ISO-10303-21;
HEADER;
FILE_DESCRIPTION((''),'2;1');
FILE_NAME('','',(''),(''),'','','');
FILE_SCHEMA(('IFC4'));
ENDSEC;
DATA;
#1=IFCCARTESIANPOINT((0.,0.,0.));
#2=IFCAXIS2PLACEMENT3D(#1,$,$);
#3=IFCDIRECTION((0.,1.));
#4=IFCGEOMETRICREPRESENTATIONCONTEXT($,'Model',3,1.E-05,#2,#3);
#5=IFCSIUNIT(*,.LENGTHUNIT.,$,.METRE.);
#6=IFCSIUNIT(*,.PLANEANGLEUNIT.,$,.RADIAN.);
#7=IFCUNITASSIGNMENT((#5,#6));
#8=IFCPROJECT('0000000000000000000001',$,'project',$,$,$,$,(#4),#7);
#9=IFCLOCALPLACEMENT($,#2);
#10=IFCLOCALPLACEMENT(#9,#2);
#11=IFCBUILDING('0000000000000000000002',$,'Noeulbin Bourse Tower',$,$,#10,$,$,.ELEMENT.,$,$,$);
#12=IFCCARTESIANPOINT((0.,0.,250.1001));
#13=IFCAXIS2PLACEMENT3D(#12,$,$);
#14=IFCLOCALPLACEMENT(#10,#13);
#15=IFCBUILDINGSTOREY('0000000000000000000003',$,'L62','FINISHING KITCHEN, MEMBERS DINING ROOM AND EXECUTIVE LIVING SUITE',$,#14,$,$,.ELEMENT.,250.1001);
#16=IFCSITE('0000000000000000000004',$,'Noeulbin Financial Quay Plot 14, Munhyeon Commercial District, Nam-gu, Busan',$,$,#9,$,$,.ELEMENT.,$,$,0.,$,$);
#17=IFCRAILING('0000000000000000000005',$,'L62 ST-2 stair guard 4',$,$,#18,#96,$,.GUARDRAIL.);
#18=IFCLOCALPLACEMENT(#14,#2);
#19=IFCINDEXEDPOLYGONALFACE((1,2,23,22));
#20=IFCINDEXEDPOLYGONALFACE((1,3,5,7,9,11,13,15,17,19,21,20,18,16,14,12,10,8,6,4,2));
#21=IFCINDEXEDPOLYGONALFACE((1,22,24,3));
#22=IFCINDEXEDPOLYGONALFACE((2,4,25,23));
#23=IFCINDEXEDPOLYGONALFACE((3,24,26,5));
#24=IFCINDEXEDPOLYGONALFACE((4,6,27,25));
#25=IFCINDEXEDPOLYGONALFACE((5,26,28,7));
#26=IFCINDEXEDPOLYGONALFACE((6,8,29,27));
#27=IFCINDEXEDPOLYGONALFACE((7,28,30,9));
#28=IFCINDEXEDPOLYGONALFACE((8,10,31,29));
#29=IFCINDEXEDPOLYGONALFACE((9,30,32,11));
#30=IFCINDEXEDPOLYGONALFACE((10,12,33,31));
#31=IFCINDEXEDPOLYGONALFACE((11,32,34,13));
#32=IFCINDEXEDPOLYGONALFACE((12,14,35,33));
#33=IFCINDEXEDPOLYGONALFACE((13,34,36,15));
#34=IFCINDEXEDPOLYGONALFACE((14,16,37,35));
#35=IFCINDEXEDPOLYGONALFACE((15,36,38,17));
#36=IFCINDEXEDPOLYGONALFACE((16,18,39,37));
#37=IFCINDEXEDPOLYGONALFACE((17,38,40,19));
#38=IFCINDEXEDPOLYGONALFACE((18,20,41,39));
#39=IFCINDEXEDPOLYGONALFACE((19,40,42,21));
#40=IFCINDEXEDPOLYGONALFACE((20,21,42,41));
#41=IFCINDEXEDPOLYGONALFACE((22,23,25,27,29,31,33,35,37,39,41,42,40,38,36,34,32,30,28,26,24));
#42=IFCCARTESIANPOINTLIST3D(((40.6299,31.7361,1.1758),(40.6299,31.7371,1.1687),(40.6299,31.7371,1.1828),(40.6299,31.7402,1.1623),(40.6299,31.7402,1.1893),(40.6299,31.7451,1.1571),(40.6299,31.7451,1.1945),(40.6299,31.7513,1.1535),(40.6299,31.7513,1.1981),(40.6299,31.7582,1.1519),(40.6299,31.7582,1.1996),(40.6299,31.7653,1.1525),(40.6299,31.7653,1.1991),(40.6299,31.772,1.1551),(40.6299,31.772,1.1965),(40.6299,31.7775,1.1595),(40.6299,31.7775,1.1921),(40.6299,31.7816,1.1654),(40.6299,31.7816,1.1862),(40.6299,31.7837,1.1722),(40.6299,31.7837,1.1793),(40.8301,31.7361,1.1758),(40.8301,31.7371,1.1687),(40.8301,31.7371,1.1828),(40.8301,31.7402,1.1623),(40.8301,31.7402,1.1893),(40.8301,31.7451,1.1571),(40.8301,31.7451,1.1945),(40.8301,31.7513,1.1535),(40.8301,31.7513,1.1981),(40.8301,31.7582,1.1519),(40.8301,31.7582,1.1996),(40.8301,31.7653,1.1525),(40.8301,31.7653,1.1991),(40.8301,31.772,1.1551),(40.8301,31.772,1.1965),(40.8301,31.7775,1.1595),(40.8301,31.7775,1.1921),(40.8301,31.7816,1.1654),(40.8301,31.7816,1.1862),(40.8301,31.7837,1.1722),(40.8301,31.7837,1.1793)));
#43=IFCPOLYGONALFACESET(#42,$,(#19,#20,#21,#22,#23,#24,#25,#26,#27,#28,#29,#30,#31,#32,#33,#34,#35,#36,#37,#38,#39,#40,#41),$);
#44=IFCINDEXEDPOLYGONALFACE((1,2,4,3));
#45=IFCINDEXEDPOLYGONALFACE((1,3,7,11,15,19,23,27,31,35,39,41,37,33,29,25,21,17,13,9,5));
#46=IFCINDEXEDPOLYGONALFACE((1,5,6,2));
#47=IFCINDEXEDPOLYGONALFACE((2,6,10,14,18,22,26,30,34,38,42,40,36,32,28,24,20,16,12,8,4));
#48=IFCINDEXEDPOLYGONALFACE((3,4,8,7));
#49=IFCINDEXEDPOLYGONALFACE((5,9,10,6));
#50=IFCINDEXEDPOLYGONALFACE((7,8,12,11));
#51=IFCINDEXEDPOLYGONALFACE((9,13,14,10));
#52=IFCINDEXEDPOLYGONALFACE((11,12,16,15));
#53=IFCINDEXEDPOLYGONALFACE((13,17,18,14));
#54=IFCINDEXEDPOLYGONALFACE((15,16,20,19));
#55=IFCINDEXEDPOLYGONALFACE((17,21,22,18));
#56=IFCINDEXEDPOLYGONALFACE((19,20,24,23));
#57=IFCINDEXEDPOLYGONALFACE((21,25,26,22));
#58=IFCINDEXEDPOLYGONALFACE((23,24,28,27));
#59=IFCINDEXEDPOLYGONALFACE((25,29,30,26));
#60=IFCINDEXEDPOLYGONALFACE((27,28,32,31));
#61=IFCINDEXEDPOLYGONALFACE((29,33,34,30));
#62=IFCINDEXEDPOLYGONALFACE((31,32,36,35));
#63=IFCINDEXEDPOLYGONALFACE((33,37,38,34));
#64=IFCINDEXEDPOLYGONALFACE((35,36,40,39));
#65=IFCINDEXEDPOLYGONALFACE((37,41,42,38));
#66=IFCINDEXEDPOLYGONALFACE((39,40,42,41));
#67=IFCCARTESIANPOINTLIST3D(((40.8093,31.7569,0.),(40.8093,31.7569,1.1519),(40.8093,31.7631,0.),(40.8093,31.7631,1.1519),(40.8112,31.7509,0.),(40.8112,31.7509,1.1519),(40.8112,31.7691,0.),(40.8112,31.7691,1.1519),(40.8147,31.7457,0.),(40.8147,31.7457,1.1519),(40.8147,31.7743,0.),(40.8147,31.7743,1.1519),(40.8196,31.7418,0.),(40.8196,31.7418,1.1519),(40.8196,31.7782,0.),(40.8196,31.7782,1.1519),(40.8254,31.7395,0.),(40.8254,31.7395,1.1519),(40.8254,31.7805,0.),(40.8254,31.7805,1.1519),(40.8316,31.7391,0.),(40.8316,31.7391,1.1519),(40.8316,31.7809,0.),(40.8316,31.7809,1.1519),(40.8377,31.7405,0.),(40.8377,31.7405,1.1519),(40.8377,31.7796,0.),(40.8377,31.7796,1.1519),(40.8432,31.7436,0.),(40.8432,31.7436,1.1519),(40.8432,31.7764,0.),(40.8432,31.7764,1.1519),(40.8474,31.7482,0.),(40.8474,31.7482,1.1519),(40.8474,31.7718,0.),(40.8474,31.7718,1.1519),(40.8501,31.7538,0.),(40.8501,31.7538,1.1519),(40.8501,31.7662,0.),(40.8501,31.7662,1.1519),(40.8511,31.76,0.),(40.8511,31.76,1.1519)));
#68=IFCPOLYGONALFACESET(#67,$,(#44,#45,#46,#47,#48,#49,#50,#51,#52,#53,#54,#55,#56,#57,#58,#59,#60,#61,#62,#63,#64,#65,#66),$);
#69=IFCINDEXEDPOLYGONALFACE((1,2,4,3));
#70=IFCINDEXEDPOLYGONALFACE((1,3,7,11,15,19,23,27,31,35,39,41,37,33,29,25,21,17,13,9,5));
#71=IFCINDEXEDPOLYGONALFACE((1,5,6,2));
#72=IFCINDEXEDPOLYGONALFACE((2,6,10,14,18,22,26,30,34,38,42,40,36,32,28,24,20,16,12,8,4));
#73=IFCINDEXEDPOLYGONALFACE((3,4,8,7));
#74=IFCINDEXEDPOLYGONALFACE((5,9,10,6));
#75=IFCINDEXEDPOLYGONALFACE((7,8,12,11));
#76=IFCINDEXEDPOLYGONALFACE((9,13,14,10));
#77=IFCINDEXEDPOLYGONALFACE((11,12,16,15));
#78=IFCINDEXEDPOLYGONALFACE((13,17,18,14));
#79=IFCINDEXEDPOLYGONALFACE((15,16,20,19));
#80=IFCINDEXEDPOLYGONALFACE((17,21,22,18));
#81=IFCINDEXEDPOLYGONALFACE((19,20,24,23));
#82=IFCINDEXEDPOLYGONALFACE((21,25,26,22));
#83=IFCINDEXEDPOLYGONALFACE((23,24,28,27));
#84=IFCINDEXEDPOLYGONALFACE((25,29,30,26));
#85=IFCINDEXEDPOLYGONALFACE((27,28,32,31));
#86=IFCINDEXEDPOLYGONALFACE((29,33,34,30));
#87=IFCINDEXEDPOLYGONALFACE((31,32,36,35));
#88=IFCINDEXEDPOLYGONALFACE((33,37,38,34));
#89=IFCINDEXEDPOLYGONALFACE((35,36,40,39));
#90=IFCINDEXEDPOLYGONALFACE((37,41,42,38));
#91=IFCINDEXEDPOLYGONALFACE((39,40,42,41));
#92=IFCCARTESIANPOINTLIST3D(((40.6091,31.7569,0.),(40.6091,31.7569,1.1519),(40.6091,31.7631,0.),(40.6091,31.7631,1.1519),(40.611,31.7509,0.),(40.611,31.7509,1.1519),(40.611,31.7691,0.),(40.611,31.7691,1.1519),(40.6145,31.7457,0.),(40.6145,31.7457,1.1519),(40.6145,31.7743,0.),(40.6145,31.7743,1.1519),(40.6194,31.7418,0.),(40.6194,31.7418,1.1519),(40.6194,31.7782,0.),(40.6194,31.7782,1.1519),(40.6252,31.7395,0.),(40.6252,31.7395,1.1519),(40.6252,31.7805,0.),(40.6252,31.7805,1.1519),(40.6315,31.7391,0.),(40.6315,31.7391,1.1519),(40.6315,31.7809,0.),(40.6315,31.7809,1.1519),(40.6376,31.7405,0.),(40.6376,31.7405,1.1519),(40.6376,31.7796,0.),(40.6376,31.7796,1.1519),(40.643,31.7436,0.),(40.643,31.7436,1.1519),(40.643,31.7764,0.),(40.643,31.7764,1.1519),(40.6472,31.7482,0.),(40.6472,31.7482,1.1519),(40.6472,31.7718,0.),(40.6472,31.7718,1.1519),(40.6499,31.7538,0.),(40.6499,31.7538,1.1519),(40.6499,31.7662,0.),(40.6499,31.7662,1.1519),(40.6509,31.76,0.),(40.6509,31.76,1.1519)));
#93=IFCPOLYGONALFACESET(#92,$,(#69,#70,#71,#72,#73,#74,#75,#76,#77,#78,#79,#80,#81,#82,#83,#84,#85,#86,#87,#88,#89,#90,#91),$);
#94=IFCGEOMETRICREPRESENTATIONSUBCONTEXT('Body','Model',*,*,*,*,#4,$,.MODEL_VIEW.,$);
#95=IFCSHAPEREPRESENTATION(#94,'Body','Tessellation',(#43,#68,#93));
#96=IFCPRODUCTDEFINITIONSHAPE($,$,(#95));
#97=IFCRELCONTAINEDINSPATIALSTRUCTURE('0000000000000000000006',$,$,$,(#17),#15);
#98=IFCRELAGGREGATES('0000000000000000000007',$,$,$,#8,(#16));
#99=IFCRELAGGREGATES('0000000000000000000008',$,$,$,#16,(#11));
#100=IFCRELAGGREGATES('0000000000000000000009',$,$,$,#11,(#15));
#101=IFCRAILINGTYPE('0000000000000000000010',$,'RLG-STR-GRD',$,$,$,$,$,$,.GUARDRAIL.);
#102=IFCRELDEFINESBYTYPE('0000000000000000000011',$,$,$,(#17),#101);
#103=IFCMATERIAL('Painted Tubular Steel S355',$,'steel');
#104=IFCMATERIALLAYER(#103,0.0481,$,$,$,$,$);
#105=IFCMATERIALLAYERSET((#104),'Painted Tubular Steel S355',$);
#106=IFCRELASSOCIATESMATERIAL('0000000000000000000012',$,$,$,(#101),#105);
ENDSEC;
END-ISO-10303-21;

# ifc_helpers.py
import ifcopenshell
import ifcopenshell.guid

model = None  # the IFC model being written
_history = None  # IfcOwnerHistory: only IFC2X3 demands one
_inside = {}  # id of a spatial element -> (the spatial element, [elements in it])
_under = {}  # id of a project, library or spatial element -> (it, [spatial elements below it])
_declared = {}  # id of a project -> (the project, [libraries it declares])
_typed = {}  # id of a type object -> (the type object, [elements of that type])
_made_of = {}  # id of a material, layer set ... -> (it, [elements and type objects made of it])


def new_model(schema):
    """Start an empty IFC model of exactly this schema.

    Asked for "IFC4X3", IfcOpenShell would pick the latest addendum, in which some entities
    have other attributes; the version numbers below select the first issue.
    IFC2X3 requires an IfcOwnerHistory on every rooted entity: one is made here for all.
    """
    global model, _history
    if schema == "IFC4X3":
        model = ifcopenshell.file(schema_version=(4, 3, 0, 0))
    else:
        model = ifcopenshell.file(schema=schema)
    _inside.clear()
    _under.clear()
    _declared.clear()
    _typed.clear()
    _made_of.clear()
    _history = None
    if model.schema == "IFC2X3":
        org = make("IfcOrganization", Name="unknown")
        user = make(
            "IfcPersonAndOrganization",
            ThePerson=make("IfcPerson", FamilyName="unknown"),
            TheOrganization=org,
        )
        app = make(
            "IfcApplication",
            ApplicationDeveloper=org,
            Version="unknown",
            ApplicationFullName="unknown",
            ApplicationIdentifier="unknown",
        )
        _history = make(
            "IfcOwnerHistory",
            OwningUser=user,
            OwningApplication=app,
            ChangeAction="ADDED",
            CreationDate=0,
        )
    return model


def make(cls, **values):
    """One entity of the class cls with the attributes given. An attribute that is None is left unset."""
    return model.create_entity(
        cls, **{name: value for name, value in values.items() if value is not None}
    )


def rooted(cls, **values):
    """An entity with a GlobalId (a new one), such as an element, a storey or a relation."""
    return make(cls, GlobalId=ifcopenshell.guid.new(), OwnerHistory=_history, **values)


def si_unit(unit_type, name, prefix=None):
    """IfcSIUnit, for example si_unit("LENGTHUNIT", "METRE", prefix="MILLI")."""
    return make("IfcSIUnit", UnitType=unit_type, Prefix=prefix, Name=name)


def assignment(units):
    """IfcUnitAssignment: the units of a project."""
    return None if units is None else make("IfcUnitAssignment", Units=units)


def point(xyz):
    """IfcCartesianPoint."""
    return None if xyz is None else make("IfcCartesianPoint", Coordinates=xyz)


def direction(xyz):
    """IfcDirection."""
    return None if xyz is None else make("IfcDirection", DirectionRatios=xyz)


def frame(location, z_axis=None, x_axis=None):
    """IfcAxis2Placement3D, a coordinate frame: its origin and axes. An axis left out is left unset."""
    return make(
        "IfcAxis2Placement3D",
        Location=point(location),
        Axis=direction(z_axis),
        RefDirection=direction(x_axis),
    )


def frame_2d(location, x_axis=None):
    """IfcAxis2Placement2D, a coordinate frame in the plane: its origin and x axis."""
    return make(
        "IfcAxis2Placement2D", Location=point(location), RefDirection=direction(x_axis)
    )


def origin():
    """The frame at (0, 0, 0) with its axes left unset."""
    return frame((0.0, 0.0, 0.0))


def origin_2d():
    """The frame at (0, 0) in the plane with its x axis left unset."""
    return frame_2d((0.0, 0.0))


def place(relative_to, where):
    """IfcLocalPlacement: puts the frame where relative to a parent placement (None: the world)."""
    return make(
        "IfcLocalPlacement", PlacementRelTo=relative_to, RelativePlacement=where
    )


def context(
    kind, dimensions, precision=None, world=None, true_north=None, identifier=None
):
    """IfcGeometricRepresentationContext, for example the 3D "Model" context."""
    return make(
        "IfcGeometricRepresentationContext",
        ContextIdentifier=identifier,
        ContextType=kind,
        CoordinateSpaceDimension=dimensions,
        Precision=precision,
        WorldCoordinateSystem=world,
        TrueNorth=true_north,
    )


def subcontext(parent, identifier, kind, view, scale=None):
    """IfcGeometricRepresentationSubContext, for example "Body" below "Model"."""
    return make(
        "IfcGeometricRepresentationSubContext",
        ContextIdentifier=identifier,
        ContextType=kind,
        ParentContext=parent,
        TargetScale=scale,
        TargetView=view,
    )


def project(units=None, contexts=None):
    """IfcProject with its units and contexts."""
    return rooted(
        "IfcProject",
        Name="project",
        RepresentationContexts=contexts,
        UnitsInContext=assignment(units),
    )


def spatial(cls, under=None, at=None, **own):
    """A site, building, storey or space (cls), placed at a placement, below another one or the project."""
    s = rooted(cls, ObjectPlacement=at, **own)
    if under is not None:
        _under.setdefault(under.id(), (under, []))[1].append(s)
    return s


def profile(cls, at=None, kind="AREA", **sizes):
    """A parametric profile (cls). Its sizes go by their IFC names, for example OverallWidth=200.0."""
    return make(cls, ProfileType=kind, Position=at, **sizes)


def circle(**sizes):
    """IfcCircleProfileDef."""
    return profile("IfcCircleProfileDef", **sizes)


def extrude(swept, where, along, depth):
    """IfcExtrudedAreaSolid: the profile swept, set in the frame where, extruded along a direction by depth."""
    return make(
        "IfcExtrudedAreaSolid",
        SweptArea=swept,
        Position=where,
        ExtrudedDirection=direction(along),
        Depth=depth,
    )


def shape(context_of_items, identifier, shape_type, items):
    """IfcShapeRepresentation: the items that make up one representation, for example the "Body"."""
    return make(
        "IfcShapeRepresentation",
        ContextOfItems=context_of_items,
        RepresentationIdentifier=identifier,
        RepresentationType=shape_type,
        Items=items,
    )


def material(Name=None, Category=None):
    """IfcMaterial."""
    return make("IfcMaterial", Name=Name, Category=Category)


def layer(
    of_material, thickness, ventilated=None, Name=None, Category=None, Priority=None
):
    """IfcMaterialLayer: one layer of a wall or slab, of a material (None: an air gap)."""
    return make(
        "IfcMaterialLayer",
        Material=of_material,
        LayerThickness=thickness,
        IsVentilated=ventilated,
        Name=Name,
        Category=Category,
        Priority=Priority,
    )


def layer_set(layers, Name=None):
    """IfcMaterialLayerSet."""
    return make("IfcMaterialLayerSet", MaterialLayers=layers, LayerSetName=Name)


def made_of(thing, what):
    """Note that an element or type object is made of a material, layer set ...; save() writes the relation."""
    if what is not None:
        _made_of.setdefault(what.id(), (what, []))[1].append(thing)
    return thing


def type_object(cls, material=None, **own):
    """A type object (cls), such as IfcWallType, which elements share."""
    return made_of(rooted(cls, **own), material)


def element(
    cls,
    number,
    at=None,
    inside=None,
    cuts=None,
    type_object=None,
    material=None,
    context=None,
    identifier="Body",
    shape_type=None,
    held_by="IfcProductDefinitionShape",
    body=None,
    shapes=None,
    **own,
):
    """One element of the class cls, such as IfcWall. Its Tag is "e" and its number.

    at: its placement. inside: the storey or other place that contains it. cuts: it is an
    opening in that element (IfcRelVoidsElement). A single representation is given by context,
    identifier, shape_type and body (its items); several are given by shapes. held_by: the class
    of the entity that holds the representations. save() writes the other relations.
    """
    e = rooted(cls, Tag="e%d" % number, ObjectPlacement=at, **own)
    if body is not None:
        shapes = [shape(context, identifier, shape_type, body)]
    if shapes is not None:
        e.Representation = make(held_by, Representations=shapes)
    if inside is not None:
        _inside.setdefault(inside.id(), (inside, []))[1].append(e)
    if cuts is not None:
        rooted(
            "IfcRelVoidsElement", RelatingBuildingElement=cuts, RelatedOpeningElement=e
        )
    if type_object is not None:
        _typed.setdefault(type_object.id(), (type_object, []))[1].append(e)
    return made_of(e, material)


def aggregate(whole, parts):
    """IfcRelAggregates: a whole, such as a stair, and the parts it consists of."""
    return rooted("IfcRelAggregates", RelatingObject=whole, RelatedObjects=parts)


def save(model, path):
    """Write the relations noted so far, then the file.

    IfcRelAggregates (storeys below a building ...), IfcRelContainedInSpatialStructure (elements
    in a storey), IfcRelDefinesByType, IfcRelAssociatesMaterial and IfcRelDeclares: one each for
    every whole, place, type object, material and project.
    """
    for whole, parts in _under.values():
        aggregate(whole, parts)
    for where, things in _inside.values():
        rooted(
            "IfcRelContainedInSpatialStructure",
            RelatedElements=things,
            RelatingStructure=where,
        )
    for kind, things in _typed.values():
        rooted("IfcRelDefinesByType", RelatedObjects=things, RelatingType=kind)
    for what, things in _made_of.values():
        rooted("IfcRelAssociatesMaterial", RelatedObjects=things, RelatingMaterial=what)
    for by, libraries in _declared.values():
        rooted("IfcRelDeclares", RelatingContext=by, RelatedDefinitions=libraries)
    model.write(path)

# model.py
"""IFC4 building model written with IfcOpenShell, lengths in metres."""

from ifc_helpers import new_model, si_unit, direction, frame, origin, origin_2d, place, context, subcontext, project, spatial, circle, extrude, material, layer, layer_set, type_object, element, save


model = new_model("IFC4")

# Units and contexts
model_context = context("Model", 3, precision=1e-05, world=origin(), true_north=direction((0.0, 1.0)))
body_context = subcontext(model_context, "Body", "Model", "MODEL_VIEW")
ifc_project = project(units=[si_unit("LENGTHUNIT", "METRE"), si_unit("PLANEANGLEUNIT", "RADIAN")], contexts=[model_context])

# Site, building, storey
site_placement = place(None, origin())
site = spatial("IfcSite", under=ifc_project, at=site_placement, Name="Noeulbin Financial Quay Plot 14, Munhyeon Commercial District, Nam-gu, Busan", CompositionType="ELEMENT", RefElevation=0.0)
building_placement = place(site_placement, origin())
building = spatial("IfcBuilding", under=site, at=building_placement, Name="Noeulbin Bourse Tower", CompositionType="ELEMENT")
storey_placement = place(building_placement, frame((0.0, 0.0, 250.1001)))
storey = spatial("IfcBuildingStorey", under=building, at=storey_placement, Name="L62", Description="FINISHING KITCHEN, MEMBERS DINING ROOM AND EXECUTIVE LIVING SUITE", CompositionType="ELEMENT", Elevation=250.1001)

# Railing
ifc_material_1 = material(Name="Painted Tubular Steel S355", Category="steel")
ifc_layer_1 = layer(ifc_material_1, 0.0481)
ifc_layer_set_1 = layer_set([ifc_layer_1], Name="Painted Tubular Steel S355")
railing_type_1 = type_object("IfcRailingType", Name="RLG-STR-GRD", PredefinedType="GUARDRAIL", material=ifc_layer_set_1)
railing_1_placement = place(storey_placement, frame((40.8301, 31.76, 0.0)))
element("IfcRailing", 1, at=railing_1_placement, inside=storey, type_object=railing_type_1, Name="L62 ST-2 stair guard 4", PredefinedType="GUARDRAIL", context=body_context, shape_type="SweptSolid", body=[
    extrude(circle(Radius=0.0239, at=origin_2d()), frame((0.0, 0.0, 1.1758), z_axis=(-1.0, 0.0, 0.0), x_axis=(0.0, -1.0, 0.0)), (0.0, 0.0, 1.0), 0.2002),
    extrude(circle(Radius=0.021, at=origin_2d()), origin(), (0.0, 0.0, 1.0), 1.1519),
    extrude(circle(Radius=0.021, at=origin_2d()), frame((-0.2002, 0.0, 0.0)), (0.0, 0.0, 1.0), 1.1519),
])

save(model, "model.ifc")
